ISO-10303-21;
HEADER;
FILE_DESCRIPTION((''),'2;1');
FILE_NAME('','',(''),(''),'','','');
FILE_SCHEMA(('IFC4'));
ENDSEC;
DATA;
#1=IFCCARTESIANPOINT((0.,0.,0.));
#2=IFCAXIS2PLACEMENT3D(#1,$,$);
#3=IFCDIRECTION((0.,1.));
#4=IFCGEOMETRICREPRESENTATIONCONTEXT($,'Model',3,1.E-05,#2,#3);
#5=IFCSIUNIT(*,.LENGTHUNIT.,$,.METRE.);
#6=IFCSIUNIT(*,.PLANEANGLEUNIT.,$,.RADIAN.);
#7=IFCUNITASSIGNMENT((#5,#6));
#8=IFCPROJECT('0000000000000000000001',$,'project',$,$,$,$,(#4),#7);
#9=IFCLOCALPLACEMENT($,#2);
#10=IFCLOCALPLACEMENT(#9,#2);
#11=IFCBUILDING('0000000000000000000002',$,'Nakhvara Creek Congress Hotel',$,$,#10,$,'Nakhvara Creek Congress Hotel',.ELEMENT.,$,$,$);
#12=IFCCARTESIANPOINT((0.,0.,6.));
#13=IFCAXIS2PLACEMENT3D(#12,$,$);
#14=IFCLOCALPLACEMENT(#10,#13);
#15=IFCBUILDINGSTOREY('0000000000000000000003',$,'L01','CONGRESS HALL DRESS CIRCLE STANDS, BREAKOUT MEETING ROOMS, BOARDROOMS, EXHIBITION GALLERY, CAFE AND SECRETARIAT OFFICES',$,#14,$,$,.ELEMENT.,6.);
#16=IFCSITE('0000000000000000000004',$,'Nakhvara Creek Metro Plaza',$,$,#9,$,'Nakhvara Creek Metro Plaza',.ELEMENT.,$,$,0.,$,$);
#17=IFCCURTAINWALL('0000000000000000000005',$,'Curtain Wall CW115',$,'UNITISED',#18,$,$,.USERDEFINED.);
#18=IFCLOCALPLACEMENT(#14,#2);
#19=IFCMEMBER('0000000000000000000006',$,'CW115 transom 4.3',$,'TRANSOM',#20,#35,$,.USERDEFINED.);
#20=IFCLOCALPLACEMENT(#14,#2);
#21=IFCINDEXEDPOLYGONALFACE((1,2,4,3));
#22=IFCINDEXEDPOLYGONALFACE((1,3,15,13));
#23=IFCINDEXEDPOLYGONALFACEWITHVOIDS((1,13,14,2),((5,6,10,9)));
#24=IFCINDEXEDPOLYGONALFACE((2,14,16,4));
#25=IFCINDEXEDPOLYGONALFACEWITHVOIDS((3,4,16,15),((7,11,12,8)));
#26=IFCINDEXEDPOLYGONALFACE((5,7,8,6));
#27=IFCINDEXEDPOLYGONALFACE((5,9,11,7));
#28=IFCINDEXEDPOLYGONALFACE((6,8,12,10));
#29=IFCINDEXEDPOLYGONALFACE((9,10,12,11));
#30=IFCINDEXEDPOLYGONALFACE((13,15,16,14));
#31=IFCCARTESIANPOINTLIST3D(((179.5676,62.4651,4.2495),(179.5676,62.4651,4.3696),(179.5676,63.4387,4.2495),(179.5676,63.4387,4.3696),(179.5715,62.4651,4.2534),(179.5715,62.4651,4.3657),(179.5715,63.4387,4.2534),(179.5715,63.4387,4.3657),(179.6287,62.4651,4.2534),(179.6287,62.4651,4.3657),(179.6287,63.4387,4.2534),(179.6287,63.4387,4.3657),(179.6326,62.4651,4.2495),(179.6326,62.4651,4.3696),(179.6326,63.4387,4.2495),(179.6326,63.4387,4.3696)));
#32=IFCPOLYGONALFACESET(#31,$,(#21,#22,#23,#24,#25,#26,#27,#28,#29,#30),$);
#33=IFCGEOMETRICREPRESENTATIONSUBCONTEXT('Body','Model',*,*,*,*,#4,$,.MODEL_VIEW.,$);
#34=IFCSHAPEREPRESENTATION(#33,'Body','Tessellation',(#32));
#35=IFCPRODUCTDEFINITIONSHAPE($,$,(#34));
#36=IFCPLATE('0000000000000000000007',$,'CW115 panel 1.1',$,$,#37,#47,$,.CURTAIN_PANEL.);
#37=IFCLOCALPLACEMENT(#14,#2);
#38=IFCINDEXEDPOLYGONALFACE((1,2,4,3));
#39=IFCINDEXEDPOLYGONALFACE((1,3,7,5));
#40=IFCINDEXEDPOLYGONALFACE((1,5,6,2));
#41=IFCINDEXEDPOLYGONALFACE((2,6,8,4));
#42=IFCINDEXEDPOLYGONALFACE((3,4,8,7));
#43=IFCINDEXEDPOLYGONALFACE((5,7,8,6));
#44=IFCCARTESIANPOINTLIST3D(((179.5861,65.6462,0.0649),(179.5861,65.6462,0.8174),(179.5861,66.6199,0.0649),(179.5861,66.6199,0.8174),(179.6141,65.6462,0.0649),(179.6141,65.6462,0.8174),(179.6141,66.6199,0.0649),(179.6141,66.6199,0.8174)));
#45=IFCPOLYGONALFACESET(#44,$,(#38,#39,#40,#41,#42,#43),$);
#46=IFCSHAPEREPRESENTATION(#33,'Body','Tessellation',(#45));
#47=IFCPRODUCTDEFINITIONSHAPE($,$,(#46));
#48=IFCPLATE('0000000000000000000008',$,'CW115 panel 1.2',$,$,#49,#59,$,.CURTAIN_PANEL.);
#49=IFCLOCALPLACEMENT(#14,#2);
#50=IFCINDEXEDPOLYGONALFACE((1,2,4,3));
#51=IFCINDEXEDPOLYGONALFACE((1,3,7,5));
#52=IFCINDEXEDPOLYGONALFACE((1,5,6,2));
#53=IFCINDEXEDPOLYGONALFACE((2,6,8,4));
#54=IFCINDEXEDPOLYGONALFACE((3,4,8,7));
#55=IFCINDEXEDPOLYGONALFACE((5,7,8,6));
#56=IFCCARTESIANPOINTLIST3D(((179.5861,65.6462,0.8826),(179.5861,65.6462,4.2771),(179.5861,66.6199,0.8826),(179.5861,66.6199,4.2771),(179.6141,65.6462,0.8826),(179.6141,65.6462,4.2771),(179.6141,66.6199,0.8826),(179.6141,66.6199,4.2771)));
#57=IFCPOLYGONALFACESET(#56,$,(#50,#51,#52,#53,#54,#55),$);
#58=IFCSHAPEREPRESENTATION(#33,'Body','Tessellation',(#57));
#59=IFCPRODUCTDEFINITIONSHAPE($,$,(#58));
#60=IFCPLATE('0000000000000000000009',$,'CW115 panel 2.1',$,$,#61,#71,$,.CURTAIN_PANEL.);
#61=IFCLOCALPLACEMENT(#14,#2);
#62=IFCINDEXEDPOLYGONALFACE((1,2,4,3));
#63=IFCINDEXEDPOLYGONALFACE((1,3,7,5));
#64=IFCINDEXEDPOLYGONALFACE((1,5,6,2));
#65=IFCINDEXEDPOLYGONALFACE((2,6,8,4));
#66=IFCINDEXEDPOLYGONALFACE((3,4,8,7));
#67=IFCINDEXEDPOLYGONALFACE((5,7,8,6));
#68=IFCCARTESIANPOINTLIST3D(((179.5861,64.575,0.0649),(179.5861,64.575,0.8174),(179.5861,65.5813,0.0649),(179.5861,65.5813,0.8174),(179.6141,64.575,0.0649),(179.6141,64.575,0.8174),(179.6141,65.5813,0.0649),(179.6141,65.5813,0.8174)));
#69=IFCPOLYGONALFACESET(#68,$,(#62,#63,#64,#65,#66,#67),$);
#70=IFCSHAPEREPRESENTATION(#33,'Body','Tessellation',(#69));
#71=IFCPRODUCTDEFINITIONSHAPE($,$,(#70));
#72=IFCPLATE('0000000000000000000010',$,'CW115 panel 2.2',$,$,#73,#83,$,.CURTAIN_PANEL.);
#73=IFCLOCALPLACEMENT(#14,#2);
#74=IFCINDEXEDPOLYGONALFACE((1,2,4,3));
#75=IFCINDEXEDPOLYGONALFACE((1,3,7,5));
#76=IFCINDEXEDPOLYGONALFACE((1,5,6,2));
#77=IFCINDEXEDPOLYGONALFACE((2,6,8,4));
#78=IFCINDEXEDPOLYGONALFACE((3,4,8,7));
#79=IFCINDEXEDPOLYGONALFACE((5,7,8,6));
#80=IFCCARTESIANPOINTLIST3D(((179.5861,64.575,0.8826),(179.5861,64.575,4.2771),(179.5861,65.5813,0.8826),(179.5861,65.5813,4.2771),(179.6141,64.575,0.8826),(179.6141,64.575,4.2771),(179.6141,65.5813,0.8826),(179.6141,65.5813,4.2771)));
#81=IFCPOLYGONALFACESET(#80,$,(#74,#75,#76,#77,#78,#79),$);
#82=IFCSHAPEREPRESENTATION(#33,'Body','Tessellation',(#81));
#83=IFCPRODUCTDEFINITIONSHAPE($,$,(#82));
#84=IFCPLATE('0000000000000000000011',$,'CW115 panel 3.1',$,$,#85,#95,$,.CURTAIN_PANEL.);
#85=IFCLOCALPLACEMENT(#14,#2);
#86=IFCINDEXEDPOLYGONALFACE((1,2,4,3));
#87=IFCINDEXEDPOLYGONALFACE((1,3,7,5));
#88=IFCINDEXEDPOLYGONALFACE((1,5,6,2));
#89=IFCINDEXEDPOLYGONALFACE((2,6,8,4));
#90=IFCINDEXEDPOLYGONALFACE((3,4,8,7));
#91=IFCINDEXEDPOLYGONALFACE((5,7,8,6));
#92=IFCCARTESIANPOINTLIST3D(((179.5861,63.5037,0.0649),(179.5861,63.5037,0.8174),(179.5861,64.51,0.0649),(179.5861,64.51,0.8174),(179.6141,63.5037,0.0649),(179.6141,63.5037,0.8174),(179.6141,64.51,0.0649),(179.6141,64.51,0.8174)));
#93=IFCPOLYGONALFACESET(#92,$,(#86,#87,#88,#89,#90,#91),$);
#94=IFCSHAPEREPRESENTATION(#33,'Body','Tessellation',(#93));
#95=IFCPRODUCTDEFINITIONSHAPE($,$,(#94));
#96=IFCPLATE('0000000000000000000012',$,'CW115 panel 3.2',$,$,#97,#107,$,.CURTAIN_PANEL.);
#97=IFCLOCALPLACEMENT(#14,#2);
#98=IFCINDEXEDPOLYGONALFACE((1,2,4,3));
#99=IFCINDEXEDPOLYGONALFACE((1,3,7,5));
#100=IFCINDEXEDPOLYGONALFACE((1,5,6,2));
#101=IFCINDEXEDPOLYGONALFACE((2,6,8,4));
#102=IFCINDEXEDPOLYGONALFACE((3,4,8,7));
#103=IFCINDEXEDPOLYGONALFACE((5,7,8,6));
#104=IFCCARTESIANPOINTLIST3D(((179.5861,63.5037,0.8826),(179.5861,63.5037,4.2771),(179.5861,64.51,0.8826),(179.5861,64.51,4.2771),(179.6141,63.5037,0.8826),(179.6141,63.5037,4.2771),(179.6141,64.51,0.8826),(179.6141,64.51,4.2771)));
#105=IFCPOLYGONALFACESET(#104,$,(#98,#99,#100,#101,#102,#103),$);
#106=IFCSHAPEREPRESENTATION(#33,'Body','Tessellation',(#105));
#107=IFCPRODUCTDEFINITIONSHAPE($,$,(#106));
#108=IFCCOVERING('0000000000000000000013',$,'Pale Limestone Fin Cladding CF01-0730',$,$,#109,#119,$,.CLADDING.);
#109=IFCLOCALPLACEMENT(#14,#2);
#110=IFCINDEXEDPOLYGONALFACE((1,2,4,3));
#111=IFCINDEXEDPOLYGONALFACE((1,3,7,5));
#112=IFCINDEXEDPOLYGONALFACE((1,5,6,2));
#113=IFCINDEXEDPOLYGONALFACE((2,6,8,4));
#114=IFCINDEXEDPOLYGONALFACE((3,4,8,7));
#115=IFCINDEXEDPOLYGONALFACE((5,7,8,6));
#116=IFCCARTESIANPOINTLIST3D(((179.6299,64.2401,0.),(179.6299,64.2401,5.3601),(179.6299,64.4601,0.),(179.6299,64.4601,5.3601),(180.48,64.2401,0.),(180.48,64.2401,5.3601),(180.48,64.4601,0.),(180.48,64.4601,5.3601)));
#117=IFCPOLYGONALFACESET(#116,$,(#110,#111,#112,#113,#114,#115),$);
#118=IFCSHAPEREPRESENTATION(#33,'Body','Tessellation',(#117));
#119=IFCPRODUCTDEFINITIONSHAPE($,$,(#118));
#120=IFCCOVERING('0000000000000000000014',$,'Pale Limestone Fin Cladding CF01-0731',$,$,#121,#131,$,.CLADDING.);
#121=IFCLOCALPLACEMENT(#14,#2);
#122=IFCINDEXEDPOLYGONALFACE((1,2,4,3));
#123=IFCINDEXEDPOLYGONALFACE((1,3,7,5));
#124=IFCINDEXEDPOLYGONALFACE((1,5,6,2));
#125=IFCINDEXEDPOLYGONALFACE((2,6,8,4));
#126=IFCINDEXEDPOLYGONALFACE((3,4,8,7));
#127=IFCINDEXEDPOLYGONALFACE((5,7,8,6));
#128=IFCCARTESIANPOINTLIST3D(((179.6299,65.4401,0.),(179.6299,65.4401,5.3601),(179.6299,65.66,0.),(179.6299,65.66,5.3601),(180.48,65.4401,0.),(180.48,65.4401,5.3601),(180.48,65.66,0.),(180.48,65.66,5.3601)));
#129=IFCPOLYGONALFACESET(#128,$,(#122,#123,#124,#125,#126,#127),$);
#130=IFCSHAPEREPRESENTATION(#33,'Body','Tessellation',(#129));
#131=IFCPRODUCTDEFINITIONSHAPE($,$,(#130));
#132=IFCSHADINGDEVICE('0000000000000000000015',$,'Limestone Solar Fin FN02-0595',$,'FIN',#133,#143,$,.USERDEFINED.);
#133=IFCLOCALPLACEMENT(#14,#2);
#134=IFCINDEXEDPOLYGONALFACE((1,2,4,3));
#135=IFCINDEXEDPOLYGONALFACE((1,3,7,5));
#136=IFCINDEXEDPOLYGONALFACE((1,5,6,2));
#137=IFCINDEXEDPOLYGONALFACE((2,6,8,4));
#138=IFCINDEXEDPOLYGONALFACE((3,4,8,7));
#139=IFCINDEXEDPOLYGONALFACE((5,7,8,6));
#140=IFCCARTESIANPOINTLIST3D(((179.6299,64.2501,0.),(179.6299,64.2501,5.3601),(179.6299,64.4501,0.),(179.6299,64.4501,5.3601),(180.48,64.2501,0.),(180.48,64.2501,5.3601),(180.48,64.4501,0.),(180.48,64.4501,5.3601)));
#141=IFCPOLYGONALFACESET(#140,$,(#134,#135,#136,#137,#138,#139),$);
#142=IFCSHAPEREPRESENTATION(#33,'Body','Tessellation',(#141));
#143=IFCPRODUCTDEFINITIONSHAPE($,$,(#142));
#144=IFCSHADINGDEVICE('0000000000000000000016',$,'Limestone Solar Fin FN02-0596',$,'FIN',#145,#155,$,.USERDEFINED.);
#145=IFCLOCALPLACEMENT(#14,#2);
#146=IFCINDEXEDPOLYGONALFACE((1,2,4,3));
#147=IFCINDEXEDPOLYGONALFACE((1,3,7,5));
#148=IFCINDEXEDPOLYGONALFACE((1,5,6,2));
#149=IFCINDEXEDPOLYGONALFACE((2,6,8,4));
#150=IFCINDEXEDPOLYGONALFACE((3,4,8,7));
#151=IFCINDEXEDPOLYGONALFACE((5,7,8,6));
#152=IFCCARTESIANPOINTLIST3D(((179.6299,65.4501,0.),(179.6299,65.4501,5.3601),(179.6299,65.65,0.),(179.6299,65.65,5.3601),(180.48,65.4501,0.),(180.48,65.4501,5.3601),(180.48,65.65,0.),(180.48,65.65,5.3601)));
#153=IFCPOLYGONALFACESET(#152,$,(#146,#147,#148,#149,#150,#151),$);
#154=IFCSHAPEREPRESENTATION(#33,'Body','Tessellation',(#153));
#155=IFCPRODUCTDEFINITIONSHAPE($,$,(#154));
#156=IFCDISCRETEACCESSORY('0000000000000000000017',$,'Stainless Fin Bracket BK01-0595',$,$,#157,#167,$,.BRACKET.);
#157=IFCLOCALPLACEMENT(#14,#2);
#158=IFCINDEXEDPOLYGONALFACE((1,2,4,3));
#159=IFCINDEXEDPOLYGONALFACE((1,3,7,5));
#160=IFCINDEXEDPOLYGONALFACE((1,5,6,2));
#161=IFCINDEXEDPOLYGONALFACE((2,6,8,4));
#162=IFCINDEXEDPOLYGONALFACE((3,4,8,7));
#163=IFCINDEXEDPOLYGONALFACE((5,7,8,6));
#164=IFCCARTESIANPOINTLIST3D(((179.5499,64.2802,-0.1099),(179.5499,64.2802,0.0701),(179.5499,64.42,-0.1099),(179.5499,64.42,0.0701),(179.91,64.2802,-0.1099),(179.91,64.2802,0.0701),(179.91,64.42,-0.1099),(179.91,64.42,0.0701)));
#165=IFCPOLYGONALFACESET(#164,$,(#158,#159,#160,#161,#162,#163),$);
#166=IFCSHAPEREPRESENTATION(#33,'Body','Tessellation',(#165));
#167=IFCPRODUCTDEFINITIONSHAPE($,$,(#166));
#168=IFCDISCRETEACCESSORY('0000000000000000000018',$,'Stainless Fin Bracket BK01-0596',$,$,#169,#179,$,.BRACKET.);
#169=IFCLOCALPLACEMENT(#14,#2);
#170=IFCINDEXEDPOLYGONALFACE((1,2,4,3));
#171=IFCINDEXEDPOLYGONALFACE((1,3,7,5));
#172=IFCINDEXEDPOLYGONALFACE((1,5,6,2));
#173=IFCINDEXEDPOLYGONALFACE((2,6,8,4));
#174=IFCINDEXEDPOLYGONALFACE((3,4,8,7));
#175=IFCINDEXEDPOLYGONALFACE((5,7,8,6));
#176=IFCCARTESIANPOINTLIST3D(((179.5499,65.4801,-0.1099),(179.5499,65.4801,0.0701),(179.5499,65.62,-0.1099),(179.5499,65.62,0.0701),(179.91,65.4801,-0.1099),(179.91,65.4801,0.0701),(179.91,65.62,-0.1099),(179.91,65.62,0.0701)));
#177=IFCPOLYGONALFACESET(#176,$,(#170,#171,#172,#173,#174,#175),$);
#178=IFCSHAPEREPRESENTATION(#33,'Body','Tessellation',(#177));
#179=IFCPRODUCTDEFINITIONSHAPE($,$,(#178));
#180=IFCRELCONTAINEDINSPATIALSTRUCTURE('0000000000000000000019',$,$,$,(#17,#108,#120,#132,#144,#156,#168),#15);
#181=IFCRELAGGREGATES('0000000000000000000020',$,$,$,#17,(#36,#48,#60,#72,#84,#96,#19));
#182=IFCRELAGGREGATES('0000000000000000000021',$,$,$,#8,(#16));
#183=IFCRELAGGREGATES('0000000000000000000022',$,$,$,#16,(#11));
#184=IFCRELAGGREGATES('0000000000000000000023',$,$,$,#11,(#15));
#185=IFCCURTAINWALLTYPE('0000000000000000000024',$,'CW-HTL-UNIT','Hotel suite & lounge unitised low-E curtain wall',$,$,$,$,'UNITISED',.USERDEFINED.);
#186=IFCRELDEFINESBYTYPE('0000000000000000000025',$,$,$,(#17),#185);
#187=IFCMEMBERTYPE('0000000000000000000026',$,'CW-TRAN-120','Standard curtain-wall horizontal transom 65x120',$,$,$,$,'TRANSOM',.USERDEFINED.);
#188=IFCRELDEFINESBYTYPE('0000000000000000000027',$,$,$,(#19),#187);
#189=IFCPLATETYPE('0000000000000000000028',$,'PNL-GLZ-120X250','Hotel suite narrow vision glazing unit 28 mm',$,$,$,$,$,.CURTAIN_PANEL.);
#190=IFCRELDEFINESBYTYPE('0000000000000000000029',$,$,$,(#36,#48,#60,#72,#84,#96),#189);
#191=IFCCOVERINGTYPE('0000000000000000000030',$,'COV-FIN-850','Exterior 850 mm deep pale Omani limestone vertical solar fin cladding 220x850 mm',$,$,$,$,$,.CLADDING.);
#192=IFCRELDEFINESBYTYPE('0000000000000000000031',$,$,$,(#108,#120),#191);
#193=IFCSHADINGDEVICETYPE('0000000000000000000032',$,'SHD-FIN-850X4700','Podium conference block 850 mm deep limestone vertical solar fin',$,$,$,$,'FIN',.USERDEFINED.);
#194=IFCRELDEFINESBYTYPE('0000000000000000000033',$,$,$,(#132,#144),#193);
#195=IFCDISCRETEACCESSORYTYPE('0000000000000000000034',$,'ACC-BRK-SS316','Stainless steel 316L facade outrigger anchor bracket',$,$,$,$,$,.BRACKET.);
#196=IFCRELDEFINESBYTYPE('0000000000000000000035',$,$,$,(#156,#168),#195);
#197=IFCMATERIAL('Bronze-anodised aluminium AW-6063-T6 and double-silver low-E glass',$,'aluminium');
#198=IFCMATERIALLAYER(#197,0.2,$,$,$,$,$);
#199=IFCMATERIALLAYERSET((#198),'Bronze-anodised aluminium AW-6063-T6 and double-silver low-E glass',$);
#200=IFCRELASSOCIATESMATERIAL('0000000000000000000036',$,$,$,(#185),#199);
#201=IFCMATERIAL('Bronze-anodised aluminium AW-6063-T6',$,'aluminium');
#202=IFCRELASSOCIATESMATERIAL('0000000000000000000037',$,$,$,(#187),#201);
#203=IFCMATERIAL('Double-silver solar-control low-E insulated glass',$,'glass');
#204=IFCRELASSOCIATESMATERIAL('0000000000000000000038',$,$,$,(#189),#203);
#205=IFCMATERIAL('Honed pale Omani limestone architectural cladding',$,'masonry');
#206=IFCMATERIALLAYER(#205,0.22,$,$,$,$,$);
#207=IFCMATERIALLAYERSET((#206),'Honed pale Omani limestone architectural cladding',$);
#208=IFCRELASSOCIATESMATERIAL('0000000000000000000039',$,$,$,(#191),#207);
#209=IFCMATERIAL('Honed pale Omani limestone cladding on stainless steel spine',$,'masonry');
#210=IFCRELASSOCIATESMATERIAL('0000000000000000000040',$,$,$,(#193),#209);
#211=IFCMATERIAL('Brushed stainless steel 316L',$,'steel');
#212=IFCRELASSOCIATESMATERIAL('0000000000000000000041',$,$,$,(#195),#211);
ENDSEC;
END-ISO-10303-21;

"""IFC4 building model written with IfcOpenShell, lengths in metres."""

from ifc_helpers import new_model, si_unit, direction, frame, origin, origin_2d, place, context, subcontext, project, spatial, rectangle, hollow_rectangle, extrude, material, layer, layer_set, material_profile, profile_set, type_object, element, aggregate, save


model = new_model("IFC4")

# Units and contexts
model_context = context("Model", 3, precision=1e-05, world=origin(), true_north=direction((0.0, 1.0)))
body_context = subcontext(model_context, "Body", "Model", "MODEL_VIEW")
ifc_project = project(units=[si_unit("LENGTHUNIT", "METRE"), si_unit("PLANEANGLEUNIT", "RADIAN")], contexts=[model_context])

# Site, building, storey
site_placement = place(None, origin())
site = spatial("IfcSite", under=ifc_project, at=site_placement, Name="Nakhvara Creek Metro Plaza", LongName="Nakhvara Creek Metro Plaza", CompositionType="ELEMENT", RefElevation=0.0)
building_placement = place(site_placement, origin())
building = spatial("IfcBuilding", under=site, at=building_placement, Name="Nakhvara Creek Congress Hotel", LongName="Nakhvara Creek Congress Hotel", CompositionType="ELEMENT")
storey_placement = place(building_placement, frame((0.0, 0.0, 6.0)))
storey = spatial("IfcBuildingStorey", under=building, at=storey_placement, Name="L01", Description="CONGRESS HALL DRESS CIRCLE STANDS, BREAKOUT MEETING ROOMS, BOARDROOMS, EXHIBITION GALLERY, CAFE AND SECRETARIAT OFFICES", CompositionType="ELEMENT", Elevation=6.0)

# Curtain wall, member, plates
ifc_material_1 = material(Name="Bronze-anodised aluminium AW-6063-T6 and double-silver low-E glass", Category="aluminium")
ifc_layer_1 = layer(ifc_material_1, 0.2)
ifc_layer_set_1 = layer_set([ifc_layer_1], Name="Bronze-anodised aluminium AW-6063-T6 and double-silver low-E glass")
curtain_wall_type = type_object("IfcCurtainWallType", Name="CW-HTL-UNIT", Description="Hotel suite & lounge unitised low-E curtain wall", ElementType="UNITISED", PredefinedType="USERDEFINED", material=ifc_layer_set_1)
curtain_wall_placement = place(storey_placement, origin())
curtain_wall = element("IfcCurtainWall", 1, at=curtain_wall_placement, inside=storey, type_object=curtain_wall_type, Name="Curtain Wall CW115", ObjectType="UNITISED", PredefinedType="USERDEFINED")
ifc_material_2 = material(Name="Bronze-anodised aluminium AW-6063-T6", Category="aluminium")
ifc_material_profile_1 = material_profile(ifc_material_2, hollow_rectangle(XDim=0.0649, YDim=0.1201, WallThickness=0.0039, at=origin_2d()), Name="ALU-TRAN 65x120x4", Category="LoadBearing")
ifc_profile_set_1 = profile_set([ifc_material_profile_1], Name="Bronze-anodised aluminium AW-6063-T6")
member_type_1 = type_object("IfcMemberType", Name="CW-TRAN-120", Description="Standard curtain-wall horizontal transom 65x120", ElementType="TRANSOM", PredefinedType="USERDEFINED", material=ifc_profile_set_1)
member_1_placement = place(storey_placement, frame((179.6001, 63.4387, 4.3096), z_axis=(0.0, -1.0, 0.0), x_axis=(1.0, 0.0, 0.0)))
member_1 = element("IfcMember", 2, at=member_1_placement, type_object=member_type_1, Name="CW115 transom 4.3", ObjectType="TRANSOM", PredefinedType="USERDEFINED", context=body_context, shape_type="SweptSolid", body=[
    extrude(hollow_rectangle(XDim=0.0649, YDim=0.1201, WallThickness=0.0039, at=origin_2d()), origin(), (0.0, 0.0, 1.0), 0.9736),
])
ifc_material_3 = material(Name="Double-silver solar-control low-E insulated glass", Category="glass")
plate_type = type_object("IfcPlateType", Name="PNL-GLZ-120X250", Description="Hotel suite narrow vision glazing unit 28 mm", PredefinedType="CURTAIN_PANEL", material=ifc_material_3)
plate_1_placement = place(storey_placement, frame((179.6001, 66.1331, 0.0649), z_axis=(0.0, 0.0, 1.0), x_axis=(0.0, -1.0, 0.0)))
plate_1 = element("IfcPlate", 3, at=plate_1_placement, type_object=plate_type, Name="CW115 panel 1.1", PredefinedType="CURTAIN_PANEL", context=body_context, shape_type="SweptSolid", body=[
    extrude(rectangle(XDim=0.9736, YDim=0.0281, at=origin_2d()), origin(), (0.0, 0.0, 1.0), 0.7524),
])
plate_2_placement = place(storey_placement, frame((179.6001, 66.1331, 0.8826), z_axis=(0.0, 0.0, 1.0), x_axis=(0.0, -1.0, 0.0)))
plate_2 = element("IfcPlate", 4, at=plate_2_placement, type_object=plate_type, Name="CW115 panel 1.2", PredefinedType="CURTAIN_PANEL", context=body_context, shape_type="SweptSolid", body=[
    extrude(rectangle(XDim=0.9736, YDim=0.0281, at=origin_2d()), origin(), (0.0, 0.0, 1.0), 3.3945),
])
plate_3_placement = place(storey_placement, frame((179.6001, 65.0781, 0.0649), z_axis=(0.0, 0.0, 1.0), x_axis=(0.0, -1.0, 0.0)))
plate_3 = element("IfcPlate", 5, at=plate_3_placement, type_object=plate_type, Name="CW115 panel 2.1", PredefinedType="CURTAIN_PANEL", context=body_context, shape_type="SweptSolid", body=[
    extrude(rectangle(XDim=1.0063, YDim=0.0281, at=origin_2d()), origin(), (0.0, 0.0, 1.0), 0.7524),
])
plate_4_placement = place(storey_placement, frame((179.6001, 65.0781, 0.8826), z_axis=(0.0, 0.0, 1.0), x_axis=(0.0, -1.0, 0.0)))
plate_4 = element("IfcPlate", 6, at=plate_4_placement, type_object=plate_type, Name="CW115 panel 2.2", PredefinedType="CURTAIN_PANEL", context=body_context, shape_type="SweptSolid", body=[
    extrude(rectangle(XDim=1.0063, YDim=0.0281, at=origin_2d()), origin(), (0.0, 0.0, 1.0), 3.3945),
])
plate_5_placement = place(storey_placement, frame((179.6001, 64.0068, 0.0649), z_axis=(0.0, 0.0, 1.0), x_axis=(0.0, -1.0, 0.0)))
plate_5 = element("IfcPlate", 7, at=plate_5_placement, type_object=plate_type, Name="CW115 panel 3.1", PredefinedType="CURTAIN_PANEL", context=body_context, shape_type="SweptSolid", body=[
    extrude(rectangle(XDim=1.0063, YDim=0.0281, at=origin_2d()), origin(), (0.0, 0.0, 1.0), 0.7524),
])
plate_6_placement = place(storey_placement, frame((179.6001, 64.0068, 0.8826), z_axis=(0.0, 0.0, 1.0), x_axis=(0.0, -1.0, 0.0)))
plate_6 = element("IfcPlate", 8, at=plate_6_placement, type_object=plate_type, Name="CW115 panel 3.2", PredefinedType="CURTAIN_PANEL", context=body_context, shape_type="SweptSolid", body=[
    extrude(rectangle(XDim=1.0063, YDim=0.0281, at=origin_2d()), origin(), (0.0, 0.0, 1.0), 3.3945),
])
aggregate(curtain_wall, [plate_1, plate_2, plate_3, plate_4, plate_5, plate_6, member_1])

# Coverings
ifc_material_4 = material(Name="Honed pale Omani limestone architectural cladding", Category="masonry")
ifc_layer_2 = layer(ifc_material_4, 0.22)
ifc_layer_set_2 = layer_set([ifc_layer_2], Name="Honed pale Omani limestone architectural cladding")
covering_type = type_object("IfcCoveringType", Name="COV-FIN-850", Description="Exterior 850 mm deep pale Omani limestone vertical solar fin cladding 220x850 mm", PredefinedType="CLADDING", material=ifc_layer_set_2)
for number, where, z_axis, x_axis, name in (
    (9, (180.0549, 64.3501, 0.0), (0.0, 0.0, 1.0), (0.0, 1.0, 0.0), "Pale Limestone Fin Cladding CF01-0730"),
    (10, (180.0549, 65.55, 0.0), (0.0, 0.0, 1.0), (0.0, 1.0, 0.0), "Pale Limestone Fin Cladding CF01-0731"),
):
    element("IfcCovering", number, at=place(storey_placement, frame(where, z_axis=z_axis, x_axis=x_axis)), inside=storey, type_object=covering_type, Name=name, PredefinedType="CLADDING", context=body_context, shape_type="SweptSolid", body=[
        extrude(rectangle(XDim=0.22, YDim=0.8501, at=origin_2d()), origin(), (0.0, 0.0, 1.0), 5.3601),
    ])

# Shading devices
ifc_material_5 = material(Name="Honed pale Omani limestone cladding on stainless steel spine", Category="masonry")
shading_device_type = type_object("IfcShadingDeviceType", Name="SHD-FIN-850X4700", Description="Podium conference block 850 mm deep limestone vertical solar fin", ElementType="FIN", PredefinedType="USERDEFINED", material=ifc_material_5)
for number, where, z_axis, x_axis, name in (
    (11, (180.0549, 64.3501, 0.0), (0.0, 0.0, 1.0), (0.0, 1.0, 0.0), "Limestone Solar Fin FN02-0595"),
    (12, (180.0549, 65.55, 0.0), (0.0, 0.0, 1.0), (0.0, 1.0, 0.0), "Limestone Solar Fin FN02-0596"),
):
    element("IfcShadingDevice", number, at=place(storey_placement, frame(where, z_axis=z_axis, x_axis=x_axis)), inside=storey, type_object=shading_device_type, Name=name, ObjectType="FIN", PredefinedType="USERDEFINED", context=body_context, shape_type="SweptSolid", body=[
        extrude(rectangle(XDim=0.2, YDim=0.8501, at=origin_2d()), origin(), (0.0, 0.0, 1.0), 5.3601),
    ])

# Discrete accessories
ifc_material_6 = material(Name="Brushed stainless steel 316L", Category="steel")
discrete_accessory_type = type_object("IfcDiscreteAccessoryType", Name="ACC-BRK-SS316", Description="Stainless steel 316L facade outrigger anchor bracket", PredefinedType="BRACKET", material=ifc_material_6)
for number, where, z_axis, x_axis, name in (
    (13, (179.73, 64.3501, -0.1099), (0.0, 0.0, 1.0), (0.0, 1.0, 0.0), "Stainless Fin Bracket BK01-0595"),
    (14, (179.73, 65.55, -0.1099), (0.0, 0.0, 1.0), (0.0, 1.0, 0.0), "Stainless Fin Bracket BK01-0596"),
):
    element("IfcDiscreteAccessory", number, at=place(storey_placement, frame(where, z_axis=z_axis, x_axis=x_axis)), inside=storey, type_object=discrete_accessory_type, Name=name, PredefinedType="BRACKET", context=body_context, shape_type="SweptSolid", body=[
        extrude(rectangle(XDim=0.1399, YDim=0.3601, at=origin_2d()), origin(), (0.0, 0.0, 1.0), 0.1799),
    ])

save(model, "model.ifc")
